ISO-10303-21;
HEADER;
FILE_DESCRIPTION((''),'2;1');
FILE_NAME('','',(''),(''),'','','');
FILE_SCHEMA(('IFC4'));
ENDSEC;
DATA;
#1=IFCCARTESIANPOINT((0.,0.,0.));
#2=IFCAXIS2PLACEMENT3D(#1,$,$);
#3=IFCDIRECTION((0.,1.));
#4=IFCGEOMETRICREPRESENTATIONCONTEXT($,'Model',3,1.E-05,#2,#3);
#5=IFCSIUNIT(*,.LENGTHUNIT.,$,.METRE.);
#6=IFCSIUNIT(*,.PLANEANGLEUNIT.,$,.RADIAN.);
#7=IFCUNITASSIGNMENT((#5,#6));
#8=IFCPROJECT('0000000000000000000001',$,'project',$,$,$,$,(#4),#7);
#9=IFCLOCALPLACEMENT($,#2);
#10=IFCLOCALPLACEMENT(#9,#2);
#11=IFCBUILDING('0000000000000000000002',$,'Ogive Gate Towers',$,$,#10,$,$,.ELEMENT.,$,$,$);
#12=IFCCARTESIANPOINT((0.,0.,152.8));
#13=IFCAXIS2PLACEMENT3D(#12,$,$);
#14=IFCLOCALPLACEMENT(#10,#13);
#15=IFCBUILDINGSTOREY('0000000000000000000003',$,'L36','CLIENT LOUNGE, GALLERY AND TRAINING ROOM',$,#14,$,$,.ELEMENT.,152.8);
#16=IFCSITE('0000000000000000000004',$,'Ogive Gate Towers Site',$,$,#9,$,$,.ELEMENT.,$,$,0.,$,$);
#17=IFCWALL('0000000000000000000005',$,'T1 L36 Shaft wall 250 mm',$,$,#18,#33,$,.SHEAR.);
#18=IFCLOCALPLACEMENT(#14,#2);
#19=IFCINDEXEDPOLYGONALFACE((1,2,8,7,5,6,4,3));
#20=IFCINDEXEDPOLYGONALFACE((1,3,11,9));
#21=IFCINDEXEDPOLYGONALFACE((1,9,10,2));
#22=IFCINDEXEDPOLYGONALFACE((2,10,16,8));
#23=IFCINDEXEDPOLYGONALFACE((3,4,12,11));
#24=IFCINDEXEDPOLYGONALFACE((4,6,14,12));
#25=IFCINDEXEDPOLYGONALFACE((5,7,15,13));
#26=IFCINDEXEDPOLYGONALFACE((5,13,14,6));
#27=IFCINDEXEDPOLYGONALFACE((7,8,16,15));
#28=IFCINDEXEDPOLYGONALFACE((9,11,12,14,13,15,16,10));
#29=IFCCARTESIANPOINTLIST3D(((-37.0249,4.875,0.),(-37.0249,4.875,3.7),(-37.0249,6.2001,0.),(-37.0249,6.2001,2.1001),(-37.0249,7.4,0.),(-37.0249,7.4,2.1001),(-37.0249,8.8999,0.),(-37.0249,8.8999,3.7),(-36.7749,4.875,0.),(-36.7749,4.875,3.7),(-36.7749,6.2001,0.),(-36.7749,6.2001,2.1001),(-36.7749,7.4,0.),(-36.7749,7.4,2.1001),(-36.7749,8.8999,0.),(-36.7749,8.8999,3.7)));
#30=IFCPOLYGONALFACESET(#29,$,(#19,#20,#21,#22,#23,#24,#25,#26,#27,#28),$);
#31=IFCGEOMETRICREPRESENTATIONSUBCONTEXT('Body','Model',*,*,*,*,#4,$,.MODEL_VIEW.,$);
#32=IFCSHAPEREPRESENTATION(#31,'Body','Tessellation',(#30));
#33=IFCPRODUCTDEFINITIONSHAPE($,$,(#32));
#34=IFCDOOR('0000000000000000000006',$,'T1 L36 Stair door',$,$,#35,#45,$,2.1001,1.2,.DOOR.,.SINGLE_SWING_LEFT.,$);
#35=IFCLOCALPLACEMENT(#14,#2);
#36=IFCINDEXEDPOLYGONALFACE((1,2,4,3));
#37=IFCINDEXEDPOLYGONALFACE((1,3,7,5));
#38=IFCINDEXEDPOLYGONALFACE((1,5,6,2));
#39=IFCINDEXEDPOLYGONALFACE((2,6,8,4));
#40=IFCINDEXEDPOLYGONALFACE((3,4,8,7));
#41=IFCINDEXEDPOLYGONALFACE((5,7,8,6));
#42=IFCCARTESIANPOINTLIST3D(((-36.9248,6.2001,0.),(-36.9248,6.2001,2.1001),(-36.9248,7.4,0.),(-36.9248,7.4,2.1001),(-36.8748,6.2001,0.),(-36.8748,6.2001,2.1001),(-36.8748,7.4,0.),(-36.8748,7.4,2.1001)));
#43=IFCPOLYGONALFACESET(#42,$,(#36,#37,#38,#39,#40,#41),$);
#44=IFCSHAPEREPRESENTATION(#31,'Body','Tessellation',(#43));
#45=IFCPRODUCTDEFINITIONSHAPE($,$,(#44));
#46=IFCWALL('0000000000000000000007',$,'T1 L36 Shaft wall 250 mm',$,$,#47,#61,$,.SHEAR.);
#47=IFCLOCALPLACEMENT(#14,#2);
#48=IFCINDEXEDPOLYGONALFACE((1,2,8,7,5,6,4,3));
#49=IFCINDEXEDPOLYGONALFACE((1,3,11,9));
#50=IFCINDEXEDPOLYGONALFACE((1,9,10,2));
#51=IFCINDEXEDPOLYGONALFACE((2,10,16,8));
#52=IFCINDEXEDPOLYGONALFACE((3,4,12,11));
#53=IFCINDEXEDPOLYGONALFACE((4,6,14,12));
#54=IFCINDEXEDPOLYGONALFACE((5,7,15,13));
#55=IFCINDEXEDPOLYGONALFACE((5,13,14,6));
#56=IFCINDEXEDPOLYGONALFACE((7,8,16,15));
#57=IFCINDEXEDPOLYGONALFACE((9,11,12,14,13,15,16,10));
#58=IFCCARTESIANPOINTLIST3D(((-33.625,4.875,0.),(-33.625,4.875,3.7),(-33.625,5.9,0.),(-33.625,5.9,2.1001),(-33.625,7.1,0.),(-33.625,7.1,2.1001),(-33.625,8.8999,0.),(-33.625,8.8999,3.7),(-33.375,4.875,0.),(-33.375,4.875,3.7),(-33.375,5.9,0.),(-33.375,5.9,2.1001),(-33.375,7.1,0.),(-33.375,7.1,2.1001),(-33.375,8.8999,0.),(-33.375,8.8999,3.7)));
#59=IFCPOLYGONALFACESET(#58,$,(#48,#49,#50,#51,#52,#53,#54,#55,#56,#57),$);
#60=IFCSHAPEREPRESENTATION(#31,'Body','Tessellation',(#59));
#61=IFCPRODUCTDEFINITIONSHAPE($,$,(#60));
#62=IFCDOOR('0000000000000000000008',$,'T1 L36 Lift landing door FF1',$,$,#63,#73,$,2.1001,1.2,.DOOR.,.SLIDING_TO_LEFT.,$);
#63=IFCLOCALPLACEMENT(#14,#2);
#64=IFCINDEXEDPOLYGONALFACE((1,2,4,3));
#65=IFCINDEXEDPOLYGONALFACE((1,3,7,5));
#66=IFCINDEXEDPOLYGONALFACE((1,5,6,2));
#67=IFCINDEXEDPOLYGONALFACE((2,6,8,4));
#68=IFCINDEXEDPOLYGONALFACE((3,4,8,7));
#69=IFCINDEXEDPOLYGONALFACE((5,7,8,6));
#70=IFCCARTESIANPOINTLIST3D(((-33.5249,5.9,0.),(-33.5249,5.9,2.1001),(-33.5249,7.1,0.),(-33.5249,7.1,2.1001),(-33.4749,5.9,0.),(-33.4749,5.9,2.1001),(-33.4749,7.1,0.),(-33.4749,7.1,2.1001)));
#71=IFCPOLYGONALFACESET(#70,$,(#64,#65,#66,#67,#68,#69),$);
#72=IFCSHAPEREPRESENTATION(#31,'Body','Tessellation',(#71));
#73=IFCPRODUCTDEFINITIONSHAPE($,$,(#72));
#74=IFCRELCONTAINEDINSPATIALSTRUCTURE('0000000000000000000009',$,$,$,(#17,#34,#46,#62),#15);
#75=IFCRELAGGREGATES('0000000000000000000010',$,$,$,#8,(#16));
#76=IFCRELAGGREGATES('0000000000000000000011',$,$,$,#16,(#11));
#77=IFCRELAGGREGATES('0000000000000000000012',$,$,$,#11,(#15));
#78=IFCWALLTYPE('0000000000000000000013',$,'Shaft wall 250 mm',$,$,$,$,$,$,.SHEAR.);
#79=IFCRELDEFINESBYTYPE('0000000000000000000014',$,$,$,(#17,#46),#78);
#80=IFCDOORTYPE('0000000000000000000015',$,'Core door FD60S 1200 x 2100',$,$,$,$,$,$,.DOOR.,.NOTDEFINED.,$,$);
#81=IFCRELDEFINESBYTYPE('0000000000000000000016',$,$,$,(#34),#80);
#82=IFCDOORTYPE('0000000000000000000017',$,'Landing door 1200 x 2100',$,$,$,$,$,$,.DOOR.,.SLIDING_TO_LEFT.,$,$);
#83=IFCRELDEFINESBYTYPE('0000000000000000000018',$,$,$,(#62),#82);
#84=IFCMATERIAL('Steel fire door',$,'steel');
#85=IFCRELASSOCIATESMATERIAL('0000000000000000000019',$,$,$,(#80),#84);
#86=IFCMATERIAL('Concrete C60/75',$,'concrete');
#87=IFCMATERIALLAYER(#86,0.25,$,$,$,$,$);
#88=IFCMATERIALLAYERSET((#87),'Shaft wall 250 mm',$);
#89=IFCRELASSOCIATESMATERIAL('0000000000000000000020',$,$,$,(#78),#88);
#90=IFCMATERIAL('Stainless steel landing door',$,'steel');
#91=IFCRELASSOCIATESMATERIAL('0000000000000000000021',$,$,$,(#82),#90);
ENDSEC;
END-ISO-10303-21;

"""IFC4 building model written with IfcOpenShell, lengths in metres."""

from ifc_helpers import new_model, si_unit, direction, frame, frame_2d, origin, place, context, subcontext, project, spatial, rectangle, extrude, material, layer, layer_set, type_object, element, fill, save


model = new_model("IFC4")

# Units and contexts
model_context = context("Model", 3, precision=1e-05, world=origin(), true_north=direction((0.0, 1.0)))
body_context = subcontext(model_context, "Body", "Model", "MODEL_VIEW")
ifc_project = project(units=[si_unit("LENGTHUNIT", "METRE"), si_unit("PLANEANGLEUNIT", "RADIAN")], contexts=[model_context])

# Site, building, storey
site_placement = place(None, origin())
site = spatial("IfcSite", under=ifc_project, at=site_placement, Name="Ogive Gate Towers Site", CompositionType="ELEMENT", RefElevation=0.0)
building_placement = place(site_placement, origin())
building = spatial("IfcBuilding", under=site, at=building_placement, Name="Ogive Gate Towers", CompositionType="ELEMENT")
storey_placement = place(building_placement, frame((0.0, 0.0, 152.8)))
storey = spatial("IfcBuildingStorey", under=building, at=storey_placement, Name="L36", Description="CLIENT LOUNGE, GALLERY AND TRAINING ROOM", CompositionType="ELEMENT", Elevation=152.8)

# Shared definitions
ifc_material_1 = material(Name="Concrete C60/75", Category="concrete")
ifc_material_2 = material(Name="Steel fire door", Category="steel")
door_type_1 = type_object("IfcDoorType", Name="Core door FD60S 1200 x 2100", OperationType="NOTDEFINED", PredefinedType="DOOR", material=ifc_material_2)

# Shared definitions
ifc_layer_1 = layer(ifc_material_1, 0.25)
ifc_layer_set_1 = layer_set([ifc_layer_1], Name="Shaft wall 250 mm")
wall_type_1 = type_object("IfcWallType", Name="Shaft wall 250 mm", PredefinedType="SHEAR", material=ifc_layer_set_1)

# Walls, openings, doors
wall_1_placement = place(storey_placement, frame((-36.8999, 4.875, 0.0), z_axis=(0.0, 0.0, 1.0), x_axis=(0.0, 1.0, 0.0)))
wall_1 = element("IfcWall", 1, at=wall_1_placement, inside=storey, type_object=wall_type_1, Name="T1 L36 Shaft wall 250 mm", PredefinedType="SHEAR", context=body_context, shape_type="SweptSolid", body=[
    extrude(rectangle(XDim=4.0249, YDim=0.25, at=frame_2d((2.0125, 0.0))), origin(), (0.0, 0.0, 1.0), 3.7),
])
opening_1_placement = place(wall_1_placement, frame((1.325, 0.0, 0.0)))
opening_1 = element("IfcOpeningElement", 2, at=opening_1_placement, cuts=wall_1, PredefinedType="OPENING", context=body_context, shape_type="SweptSolid", body=[
    extrude(rectangle(XDim=1.2, YDim=2.1001, at=frame_2d((0.6001, 1.05))), frame((0.0, 0.135, 0.0), z_axis=(0.0, -1.0, 0.0), x_axis=(1.0, 0.0, 0.0)), (0.0, 0.0, 1.0), 0.27),
])
door_1_placement = place(opening_1_placement, origin())
door_1 = element("IfcDoor", 3, at=door_1_placement, inside=storey, type_object=door_type_1, Name="T1 L36 Stair door", OperationType="SINGLE_SWING_LEFT", OverallHeight=2.1001, OverallWidth=1.2, PredefinedType="DOOR", context=body_context, shape_type="SweptSolid", body=[
    extrude(rectangle(XDim=1.2, YDim=2.1001, at=frame_2d((0.6001, 1.05))), frame((0.0, 0.0249, 0.0), z_axis=(0.0, -1.0, 0.0), x_axis=(1.0, 0.0, 0.0)), (0.0, 0.0, 1.0), 0.05),
])
fill(opening_1, door_1)
wall_2_placement = place(storey_placement, frame((-33.5, 4.875, 0.0), z_axis=(0.0, 0.0, 1.0), x_axis=(0.0, 1.0, 0.0)))
wall_2 = element("IfcWall", 4, at=wall_2_placement, inside=storey, type_object=wall_type_1, Name="T1 L36 Shaft wall 250 mm", PredefinedType="SHEAR", context=body_context, shape_type="SweptSolid", body=[
    extrude(rectangle(XDim=4.0249, YDim=0.25, at=frame_2d((2.0125, 0.0))), origin(), (0.0, 0.0, 1.0), 3.7),
])
opening_2_placement = place(wall_2_placement, frame((1.0249, 0.0, 0.0)))
opening_2 = element("IfcOpeningElement", 5, at=opening_2_placement, cuts=wall_2, PredefinedType="OPENING", context=body_context, shape_type="SweptSolid", body=[
    extrude(rectangle(XDim=1.2, YDim=2.1001, at=frame_2d((0.6001, 1.05))), frame((0.0, 0.135, 0.0), z_axis=(0.0, -1.0, 0.0), x_axis=(1.0, 0.0, 0.0)), (0.0, 0.0, 1.0), 0.27),
])
ifc_material_3 = material(Name="Stainless steel landing door", Category="steel")
door_type_2 = type_object("IfcDoorType", Name="Landing door 1200 x 2100", OperationType="SLIDING_TO_LEFT", PredefinedType="DOOR", material=ifc_material_3)
door_2_placement = place(opening_2_placement, origin())
door_2 = element("IfcDoor", 6, at=door_2_placement, inside=storey, type_object=door_type_2, Name="T1 L36 Lift landing door FF1", OperationType="SLIDING_TO_LEFT", OverallHeight=2.1001, OverallWidth=1.2, PredefinedType="DOOR", context=body_context, shape_type="SweptSolid", body=[
    extrude(rectangle(XDim=1.2, YDim=2.1001, at=frame_2d((0.6001, 1.05))), frame((0.0, 0.0249, 0.0), z_axis=(0.0, -1.0, 0.0), x_axis=(1.0, 0.0, 0.0)), (0.0, 0.0, 1.0), 0.05),
])
fill(opening_2, door_2)

save(model, "model.ifc")
